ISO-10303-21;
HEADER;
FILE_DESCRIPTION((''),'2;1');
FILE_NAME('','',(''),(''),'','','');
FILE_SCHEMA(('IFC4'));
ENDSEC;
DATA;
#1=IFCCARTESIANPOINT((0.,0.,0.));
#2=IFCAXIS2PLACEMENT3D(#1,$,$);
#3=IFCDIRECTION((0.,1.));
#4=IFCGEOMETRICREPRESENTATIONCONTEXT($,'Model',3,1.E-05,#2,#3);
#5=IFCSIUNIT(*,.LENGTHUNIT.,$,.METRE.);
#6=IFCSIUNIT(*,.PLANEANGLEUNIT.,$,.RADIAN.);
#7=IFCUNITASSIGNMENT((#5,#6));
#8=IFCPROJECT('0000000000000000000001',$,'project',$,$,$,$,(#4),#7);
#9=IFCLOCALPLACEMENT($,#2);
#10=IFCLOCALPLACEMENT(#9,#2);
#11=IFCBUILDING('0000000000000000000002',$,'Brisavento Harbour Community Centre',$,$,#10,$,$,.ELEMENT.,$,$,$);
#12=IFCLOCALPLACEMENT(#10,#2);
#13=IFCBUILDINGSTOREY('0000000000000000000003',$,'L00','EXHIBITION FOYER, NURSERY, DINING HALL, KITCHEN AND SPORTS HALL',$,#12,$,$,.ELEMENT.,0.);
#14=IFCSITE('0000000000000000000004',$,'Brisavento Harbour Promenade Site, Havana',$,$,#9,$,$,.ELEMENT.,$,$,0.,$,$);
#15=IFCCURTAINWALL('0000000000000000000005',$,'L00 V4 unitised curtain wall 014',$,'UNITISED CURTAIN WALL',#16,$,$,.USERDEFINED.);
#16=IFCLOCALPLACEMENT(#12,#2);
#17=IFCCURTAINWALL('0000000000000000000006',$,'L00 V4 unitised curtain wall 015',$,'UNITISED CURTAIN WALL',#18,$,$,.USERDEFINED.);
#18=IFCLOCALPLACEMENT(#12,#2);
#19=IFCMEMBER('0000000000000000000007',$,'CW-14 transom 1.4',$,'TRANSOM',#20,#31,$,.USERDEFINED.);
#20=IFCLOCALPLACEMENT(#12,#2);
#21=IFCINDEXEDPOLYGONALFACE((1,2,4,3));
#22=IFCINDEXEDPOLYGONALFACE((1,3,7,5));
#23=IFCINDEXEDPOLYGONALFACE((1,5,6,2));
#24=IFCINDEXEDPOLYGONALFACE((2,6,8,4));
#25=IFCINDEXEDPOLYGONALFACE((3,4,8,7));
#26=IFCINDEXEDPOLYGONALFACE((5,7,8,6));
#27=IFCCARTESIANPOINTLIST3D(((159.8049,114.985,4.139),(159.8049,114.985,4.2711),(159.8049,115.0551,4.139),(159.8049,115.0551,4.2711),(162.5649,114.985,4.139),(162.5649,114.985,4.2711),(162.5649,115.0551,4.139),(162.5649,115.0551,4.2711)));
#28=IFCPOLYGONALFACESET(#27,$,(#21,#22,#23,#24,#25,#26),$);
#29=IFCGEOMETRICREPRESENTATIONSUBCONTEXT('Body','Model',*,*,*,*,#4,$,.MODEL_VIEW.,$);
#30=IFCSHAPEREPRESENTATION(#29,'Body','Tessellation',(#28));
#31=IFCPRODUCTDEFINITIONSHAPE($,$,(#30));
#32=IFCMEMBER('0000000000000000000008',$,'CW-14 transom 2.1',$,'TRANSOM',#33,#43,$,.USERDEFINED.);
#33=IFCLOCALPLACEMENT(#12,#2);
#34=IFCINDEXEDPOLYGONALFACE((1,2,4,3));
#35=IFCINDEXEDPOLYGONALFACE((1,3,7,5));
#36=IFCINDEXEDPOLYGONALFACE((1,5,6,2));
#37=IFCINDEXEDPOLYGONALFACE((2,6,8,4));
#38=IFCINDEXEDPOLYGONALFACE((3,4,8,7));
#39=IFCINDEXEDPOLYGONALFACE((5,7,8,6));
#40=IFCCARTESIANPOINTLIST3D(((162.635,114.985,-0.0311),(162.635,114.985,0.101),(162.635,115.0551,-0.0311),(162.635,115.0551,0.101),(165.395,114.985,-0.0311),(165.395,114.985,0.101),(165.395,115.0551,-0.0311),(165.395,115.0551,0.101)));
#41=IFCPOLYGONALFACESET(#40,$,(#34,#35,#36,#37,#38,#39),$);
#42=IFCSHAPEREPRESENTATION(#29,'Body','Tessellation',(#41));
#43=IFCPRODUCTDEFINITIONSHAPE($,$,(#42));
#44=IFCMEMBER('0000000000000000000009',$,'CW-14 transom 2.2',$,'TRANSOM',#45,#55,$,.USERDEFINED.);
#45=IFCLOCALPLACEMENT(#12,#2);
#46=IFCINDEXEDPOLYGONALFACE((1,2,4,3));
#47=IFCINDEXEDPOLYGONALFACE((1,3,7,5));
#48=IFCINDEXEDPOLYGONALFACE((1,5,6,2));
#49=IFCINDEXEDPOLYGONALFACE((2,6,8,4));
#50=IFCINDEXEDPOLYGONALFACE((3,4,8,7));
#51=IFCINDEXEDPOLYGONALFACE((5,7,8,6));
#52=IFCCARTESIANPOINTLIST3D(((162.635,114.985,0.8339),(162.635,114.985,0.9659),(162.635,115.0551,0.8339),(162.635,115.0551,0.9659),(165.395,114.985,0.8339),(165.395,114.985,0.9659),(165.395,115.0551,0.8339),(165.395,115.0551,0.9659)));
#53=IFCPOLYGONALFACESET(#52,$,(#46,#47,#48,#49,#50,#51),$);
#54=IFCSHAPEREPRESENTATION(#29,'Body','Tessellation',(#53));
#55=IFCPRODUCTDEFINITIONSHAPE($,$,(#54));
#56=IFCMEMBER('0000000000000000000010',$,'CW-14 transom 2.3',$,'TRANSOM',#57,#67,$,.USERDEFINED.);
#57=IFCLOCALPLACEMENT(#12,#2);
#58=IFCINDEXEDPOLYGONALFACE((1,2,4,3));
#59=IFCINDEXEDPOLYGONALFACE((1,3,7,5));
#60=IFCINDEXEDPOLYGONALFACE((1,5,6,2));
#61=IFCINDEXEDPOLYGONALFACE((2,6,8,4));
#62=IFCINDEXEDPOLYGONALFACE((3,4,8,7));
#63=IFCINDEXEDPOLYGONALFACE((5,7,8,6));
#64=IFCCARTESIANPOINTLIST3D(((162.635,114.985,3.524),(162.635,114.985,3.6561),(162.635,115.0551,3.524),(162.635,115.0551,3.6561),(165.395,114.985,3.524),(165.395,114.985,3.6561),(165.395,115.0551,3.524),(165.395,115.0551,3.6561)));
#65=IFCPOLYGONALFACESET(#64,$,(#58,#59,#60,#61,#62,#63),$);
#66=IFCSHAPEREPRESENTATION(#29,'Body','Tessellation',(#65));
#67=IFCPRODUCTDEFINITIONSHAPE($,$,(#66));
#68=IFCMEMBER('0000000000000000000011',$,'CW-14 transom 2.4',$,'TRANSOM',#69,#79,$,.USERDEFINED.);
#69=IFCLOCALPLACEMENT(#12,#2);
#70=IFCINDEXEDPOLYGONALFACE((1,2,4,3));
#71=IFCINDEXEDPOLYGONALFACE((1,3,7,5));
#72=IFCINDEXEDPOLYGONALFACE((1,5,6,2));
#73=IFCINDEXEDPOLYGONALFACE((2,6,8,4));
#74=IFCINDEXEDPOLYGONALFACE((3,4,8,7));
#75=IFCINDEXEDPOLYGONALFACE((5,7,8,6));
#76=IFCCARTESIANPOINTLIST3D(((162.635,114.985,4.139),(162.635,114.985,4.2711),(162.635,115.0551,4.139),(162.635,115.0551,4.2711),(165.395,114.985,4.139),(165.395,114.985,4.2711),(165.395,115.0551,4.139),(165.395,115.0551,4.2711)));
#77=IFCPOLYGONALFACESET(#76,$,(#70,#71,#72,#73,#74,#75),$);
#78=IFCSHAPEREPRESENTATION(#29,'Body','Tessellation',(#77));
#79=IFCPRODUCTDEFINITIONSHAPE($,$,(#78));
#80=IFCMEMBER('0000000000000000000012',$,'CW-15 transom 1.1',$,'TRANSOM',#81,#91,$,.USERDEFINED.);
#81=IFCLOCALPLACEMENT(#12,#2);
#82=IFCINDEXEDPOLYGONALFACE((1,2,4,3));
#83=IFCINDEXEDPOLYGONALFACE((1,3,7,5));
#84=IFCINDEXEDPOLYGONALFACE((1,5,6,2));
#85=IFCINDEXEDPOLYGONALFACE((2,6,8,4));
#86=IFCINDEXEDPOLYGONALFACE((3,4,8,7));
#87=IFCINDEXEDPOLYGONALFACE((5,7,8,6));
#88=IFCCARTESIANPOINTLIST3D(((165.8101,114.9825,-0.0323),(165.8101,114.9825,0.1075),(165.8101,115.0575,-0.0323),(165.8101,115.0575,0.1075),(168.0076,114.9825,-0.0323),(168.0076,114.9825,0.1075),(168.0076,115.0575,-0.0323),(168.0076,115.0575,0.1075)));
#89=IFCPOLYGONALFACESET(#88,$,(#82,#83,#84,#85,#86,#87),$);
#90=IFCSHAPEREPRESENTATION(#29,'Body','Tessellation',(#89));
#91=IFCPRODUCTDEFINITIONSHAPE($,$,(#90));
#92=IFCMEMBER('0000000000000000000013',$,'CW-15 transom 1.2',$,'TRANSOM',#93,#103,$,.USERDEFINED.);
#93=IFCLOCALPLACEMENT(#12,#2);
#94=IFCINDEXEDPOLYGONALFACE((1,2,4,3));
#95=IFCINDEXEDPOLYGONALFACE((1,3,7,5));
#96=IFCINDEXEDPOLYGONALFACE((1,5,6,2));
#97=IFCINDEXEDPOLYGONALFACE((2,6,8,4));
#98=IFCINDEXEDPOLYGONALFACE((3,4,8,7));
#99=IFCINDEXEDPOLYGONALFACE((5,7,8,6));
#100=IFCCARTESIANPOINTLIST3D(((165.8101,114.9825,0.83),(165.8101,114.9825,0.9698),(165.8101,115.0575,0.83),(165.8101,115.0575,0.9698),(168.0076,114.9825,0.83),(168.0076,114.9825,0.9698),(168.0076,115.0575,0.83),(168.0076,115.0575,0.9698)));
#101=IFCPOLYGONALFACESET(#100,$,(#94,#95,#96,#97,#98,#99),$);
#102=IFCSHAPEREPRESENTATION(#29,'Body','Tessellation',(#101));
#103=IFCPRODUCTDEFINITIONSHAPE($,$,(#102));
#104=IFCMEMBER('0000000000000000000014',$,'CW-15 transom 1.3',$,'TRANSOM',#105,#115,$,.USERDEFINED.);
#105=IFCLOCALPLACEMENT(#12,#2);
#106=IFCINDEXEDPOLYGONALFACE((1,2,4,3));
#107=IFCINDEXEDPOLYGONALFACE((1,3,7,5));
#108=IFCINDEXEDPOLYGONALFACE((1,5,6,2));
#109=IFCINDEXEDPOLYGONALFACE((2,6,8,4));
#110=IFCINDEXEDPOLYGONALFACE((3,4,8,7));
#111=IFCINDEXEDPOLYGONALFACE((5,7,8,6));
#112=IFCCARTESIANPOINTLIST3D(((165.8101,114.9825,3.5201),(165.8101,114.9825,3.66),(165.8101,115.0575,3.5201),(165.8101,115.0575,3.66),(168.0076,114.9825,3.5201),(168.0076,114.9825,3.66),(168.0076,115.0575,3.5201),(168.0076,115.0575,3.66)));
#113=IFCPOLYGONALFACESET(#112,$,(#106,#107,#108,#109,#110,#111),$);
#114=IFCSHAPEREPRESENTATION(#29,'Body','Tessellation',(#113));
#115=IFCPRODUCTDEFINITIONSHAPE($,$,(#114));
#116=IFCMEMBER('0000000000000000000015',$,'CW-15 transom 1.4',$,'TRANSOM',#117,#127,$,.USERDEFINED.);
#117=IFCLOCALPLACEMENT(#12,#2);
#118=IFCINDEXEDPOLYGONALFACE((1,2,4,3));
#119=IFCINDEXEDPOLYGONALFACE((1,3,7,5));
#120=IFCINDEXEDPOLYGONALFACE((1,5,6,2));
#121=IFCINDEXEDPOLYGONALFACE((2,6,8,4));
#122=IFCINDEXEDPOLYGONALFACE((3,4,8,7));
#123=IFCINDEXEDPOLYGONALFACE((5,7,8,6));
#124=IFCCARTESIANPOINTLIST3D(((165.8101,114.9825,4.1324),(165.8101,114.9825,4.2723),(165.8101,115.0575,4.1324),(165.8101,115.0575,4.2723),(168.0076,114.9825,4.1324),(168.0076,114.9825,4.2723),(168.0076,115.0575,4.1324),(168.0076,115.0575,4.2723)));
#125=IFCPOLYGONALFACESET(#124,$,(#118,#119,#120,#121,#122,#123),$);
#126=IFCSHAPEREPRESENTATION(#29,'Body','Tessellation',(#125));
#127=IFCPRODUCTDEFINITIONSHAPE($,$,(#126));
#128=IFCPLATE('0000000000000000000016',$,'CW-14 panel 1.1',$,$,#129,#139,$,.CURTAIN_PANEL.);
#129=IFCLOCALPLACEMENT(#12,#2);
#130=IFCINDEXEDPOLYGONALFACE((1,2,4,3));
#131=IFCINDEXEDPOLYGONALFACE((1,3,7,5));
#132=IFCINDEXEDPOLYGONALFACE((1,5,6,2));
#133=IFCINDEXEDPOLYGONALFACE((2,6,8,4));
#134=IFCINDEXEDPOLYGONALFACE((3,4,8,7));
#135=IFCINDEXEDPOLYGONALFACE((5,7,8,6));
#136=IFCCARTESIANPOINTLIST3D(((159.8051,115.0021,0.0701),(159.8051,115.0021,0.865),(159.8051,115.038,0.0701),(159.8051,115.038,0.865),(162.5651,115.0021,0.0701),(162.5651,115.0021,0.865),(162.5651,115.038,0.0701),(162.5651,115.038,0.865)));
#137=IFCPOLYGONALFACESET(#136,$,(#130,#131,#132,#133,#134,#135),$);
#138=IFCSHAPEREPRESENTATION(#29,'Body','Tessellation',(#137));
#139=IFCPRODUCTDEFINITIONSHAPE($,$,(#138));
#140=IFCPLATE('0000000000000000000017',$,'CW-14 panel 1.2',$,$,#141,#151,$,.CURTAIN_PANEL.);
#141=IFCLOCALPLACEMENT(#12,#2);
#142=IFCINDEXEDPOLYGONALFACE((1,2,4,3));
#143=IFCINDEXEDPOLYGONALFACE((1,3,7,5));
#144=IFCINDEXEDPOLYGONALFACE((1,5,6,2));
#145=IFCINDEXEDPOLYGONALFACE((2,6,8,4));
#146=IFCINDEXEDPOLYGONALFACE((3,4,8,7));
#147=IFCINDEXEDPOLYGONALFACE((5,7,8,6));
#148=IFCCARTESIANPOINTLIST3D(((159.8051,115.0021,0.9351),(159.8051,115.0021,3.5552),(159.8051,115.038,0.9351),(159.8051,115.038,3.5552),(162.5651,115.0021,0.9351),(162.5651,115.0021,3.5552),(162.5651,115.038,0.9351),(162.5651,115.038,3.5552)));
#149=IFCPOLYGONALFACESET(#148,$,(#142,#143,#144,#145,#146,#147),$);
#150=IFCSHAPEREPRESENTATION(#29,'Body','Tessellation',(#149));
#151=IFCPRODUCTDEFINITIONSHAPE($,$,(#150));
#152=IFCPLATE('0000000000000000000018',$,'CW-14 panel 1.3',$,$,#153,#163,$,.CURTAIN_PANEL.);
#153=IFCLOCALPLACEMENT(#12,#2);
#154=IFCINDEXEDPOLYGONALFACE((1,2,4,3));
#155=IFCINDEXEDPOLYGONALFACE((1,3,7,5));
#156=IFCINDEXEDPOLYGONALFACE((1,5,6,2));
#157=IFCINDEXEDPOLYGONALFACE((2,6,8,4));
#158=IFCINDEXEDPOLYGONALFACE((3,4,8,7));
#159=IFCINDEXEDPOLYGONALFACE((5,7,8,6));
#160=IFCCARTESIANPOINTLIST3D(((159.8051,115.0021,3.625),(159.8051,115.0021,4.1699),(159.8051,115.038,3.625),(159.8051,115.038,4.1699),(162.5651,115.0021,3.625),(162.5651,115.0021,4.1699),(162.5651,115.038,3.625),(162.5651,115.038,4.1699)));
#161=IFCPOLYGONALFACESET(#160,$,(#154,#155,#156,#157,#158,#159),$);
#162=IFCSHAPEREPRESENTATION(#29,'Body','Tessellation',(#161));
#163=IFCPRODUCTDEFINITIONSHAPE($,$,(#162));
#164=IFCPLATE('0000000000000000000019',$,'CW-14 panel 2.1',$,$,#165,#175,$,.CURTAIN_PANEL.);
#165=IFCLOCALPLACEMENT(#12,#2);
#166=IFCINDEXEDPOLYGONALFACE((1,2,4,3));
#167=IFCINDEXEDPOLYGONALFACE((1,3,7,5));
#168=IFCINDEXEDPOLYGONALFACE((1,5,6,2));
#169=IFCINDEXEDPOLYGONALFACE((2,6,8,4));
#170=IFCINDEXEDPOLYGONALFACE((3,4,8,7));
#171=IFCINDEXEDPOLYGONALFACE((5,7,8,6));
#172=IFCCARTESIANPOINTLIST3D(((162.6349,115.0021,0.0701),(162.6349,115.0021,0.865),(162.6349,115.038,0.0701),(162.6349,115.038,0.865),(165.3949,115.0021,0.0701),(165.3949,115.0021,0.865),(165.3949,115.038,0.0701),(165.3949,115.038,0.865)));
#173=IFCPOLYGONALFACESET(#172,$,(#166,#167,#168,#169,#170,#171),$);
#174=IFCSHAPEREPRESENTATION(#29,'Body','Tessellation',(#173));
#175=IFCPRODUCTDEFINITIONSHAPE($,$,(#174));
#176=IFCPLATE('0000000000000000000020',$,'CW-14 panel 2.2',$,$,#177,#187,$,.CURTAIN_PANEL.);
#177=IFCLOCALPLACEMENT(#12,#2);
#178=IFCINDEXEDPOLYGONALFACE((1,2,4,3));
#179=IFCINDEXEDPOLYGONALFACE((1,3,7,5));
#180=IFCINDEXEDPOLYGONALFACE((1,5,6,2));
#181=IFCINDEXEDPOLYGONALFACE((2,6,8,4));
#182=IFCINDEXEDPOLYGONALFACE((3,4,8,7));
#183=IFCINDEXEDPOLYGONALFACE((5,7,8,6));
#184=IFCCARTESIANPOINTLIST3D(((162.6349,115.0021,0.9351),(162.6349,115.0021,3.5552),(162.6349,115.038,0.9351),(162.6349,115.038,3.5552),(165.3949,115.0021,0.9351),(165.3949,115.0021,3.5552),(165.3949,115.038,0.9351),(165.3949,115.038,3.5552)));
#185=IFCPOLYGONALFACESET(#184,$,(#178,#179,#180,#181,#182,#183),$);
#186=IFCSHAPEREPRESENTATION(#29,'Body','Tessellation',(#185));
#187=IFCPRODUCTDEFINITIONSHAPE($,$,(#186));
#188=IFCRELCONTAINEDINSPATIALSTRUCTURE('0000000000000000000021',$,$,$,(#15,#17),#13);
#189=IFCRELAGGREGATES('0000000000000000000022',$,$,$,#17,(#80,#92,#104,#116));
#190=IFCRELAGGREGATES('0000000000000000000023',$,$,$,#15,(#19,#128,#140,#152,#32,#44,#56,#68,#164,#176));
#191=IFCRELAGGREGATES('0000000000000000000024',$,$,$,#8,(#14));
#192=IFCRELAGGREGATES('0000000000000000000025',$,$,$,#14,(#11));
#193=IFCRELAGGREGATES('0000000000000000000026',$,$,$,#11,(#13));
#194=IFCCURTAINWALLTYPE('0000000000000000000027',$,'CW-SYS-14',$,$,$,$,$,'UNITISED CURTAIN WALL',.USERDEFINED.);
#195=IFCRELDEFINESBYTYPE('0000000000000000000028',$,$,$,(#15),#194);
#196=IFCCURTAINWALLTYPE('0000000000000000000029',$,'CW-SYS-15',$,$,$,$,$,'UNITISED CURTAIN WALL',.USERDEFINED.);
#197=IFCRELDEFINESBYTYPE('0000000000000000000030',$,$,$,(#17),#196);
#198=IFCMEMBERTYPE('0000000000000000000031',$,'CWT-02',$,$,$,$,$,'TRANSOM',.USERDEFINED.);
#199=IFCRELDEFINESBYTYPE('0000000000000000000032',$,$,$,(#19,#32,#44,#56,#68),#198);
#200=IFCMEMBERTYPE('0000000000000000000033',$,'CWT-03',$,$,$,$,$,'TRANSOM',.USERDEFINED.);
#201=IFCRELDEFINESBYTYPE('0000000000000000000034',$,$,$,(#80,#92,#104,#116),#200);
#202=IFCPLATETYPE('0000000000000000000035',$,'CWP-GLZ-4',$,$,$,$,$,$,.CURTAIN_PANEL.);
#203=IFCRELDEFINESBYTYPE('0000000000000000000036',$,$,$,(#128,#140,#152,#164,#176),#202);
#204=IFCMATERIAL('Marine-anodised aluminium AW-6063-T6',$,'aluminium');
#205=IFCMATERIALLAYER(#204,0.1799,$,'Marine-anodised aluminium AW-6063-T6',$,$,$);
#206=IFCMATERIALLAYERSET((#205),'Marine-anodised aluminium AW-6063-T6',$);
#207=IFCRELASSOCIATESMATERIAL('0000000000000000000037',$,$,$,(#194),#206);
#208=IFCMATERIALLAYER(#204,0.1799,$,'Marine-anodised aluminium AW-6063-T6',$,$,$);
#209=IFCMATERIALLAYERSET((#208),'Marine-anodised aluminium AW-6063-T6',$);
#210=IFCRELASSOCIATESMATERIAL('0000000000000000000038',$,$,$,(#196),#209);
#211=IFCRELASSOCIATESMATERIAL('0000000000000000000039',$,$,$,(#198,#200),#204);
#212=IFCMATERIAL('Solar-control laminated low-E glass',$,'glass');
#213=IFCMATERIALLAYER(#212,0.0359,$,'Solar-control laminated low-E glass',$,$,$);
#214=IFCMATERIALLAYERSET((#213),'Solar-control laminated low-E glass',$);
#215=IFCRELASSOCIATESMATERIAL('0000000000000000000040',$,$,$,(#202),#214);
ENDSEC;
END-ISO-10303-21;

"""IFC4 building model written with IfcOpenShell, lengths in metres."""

from ifc_helpers import new_model, si_unit, direction, frame, origin, origin_2d, place, context, subcontext, project, spatial, rectangle, extrude, material, layer, layer_set, material_profile, profile_set, type_object, element, aggregate, save


model = new_model("IFC4")

# Units and contexts
model_context = context("Model", 3, precision=1e-05, world=origin(), true_north=direction((0.0, 1.0)))
body_context = subcontext(model_context, "Body", "Model", "MODEL_VIEW")
ifc_project = project(units=[si_unit("LENGTHUNIT", "METRE"), si_unit("PLANEANGLEUNIT", "RADIAN")], contexts=[model_context])

# Site, building, storey
site_placement = place(None, origin())
site = spatial("IfcSite", under=ifc_project, at=site_placement, Name="Brisavento Harbour Promenade Site, Havana", CompositionType="ELEMENT", RefElevation=0.0)
building_placement = place(site_placement, origin())
building = spatial("IfcBuilding", under=site, at=building_placement, Name="Brisavento Harbour Community Centre", CompositionType="ELEMENT")
storey_placement = place(building_placement, origin())
storey = spatial("IfcBuildingStorey", under=building, at=storey_placement, Name="L00", Description="EXHIBITION FOYER, NURSERY, DINING HALL, KITCHEN AND SPORTS HALL", CompositionType="ELEMENT", Elevation=0.0)

# Curtain wall
ifc_material_1 = material(Name="Marine-anodised aluminium AW-6063-T6", Category="aluminium")
ifc_layer_1 = layer(ifc_material_1, 0.1799, Name="Marine-anodised aluminium AW-6063-T6")
ifc_layer_set_1 = layer_set([ifc_layer_1], Name="Marine-anodised aluminium AW-6063-T6")
curtain_wall_type_1 = type_object("IfcCurtainWallType", Name="CW-SYS-14", ElementType="UNITISED CURTAIN WALL", PredefinedType="USERDEFINED", material=ifc_layer_set_1)
curtain_wall_1_placement = place(storey_placement, origin())
curtain_wall_1 = element("IfcCurtainWall", 1, at=curtain_wall_1_placement, inside=storey, type_object=curtain_wall_type_1, Name="L00 V4 unitised curtain wall 014", ObjectType="UNITISED CURTAIN WALL", PredefinedType="USERDEFINED")

# Curtain wall
ifc_layer_2 = layer(ifc_material_1, 0.1799, Name="Marine-anodised aluminium AW-6063-T6")
ifc_layer_set_2 = layer_set([ifc_layer_2], Name="Marine-anodised aluminium AW-6063-T6")
curtain_wall_type_2 = type_object("IfcCurtainWallType", Name="CW-SYS-15", ElementType="UNITISED CURTAIN WALL", PredefinedType="USERDEFINED", material=ifc_layer_set_2)
curtain_wall_2_placement = place(storey_placement, origin())
curtain_wall_2 = element("IfcCurtainWall", 2, at=curtain_wall_2_placement, inside=storey, type_object=curtain_wall_type_2, Name="L00 V4 unitised curtain wall 015", ObjectType="UNITISED CURTAIN WALL", PredefinedType="USERDEFINED")

# Members
ifc_material_profile_1 = material_profile(ifc_material_1, rectangle(XDim=0.0701, YDim=0.1321, at=origin_2d()), Name="Marine-anodised aluminium AW-6063-T6")
ifc_profile_set_1 = profile_set([ifc_material_profile_1], Name="Marine-anodised aluminium AW-6063-T6")
member_type_1 = type_object("IfcMemberType", Name="CWT-02", ElementType="TRANSOM", PredefinedType="USERDEFINED", material=ifc_profile_set_1)
member_1_placement = place(storey_placement, frame((159.8049, 115.02, 4.2051), z_axis=(1.0, 0.0, 0.0), x_axis=(0.0, 1.0, 0.0)))
member_1 = element("IfcMember", 3, at=member_1_placement, type_object=member_type_1, Name="CW-14 transom 1.4", ObjectType="TRANSOM", PredefinedType="USERDEFINED", context=body_context, shape_type="SweptSolid", body=[
    extrude(rectangle(XDim=0.0701, YDim=0.1321, at=origin_2d()), origin(), (0.0, 0.0, 1.0), 2.76),
])
member_2_placement = place(storey_placement, frame((162.635, 115.02, 0.0349), z_axis=(1.0, 0.0, 0.0), x_axis=(0.0, 1.0, 0.0)))
member_2 = element("IfcMember", 4, at=member_2_placement, type_object=member_type_1, Name="CW-14 transom 2.1", ObjectType="TRANSOM", PredefinedType="USERDEFINED", context=body_context, shape_type="SweptSolid", body=[
    extrude(rectangle(XDim=0.0701, YDim=0.1321, at=origin_2d()), origin(), (0.0, 0.0, 1.0), 2.76),
])
member_3_placement = place(storey_placement, frame((162.635, 115.02, 0.8999), z_axis=(1.0, 0.0, 0.0), x_axis=(0.0, 1.0, 0.0)))
member_3 = element("IfcMember", 5, at=member_3_placement, type_object=member_type_1, Name="CW-14 transom 2.2", ObjectType="TRANSOM", PredefinedType="USERDEFINED", context=body_context, shape_type="SweptSolid", body=[
    extrude(rectangle(XDim=0.0701, YDim=0.1321, at=origin_2d()), origin(), (0.0, 0.0, 1.0), 2.76),
])
member_4_placement = place(storey_placement, frame((162.635, 115.02, 3.5901), z_axis=(1.0, 0.0, 0.0), x_axis=(0.0, 1.0, 0.0)))
member_4 = element("IfcMember", 6, at=member_4_placement, type_object=member_type_1, Name="CW-14 transom 2.3", ObjectType="TRANSOM", PredefinedType="USERDEFINED", context=body_context, shape_type="SweptSolid", body=[
    extrude(rectangle(XDim=0.0701, YDim=0.1321, at=origin_2d()), origin(), (0.0, 0.0, 1.0), 2.76),
])
member_5_placement = place(storey_placement, frame((162.635, 115.02, 4.2051), z_axis=(1.0, 0.0, 0.0), x_axis=(0.0, 1.0, 0.0)))
member_5 = element("IfcMember", 7, at=member_5_placement, type_object=member_type_1, Name="CW-14 transom 2.4", ObjectType="TRANSOM", PredefinedType="USERDEFINED", context=body_context, shape_type="SweptSolid", body=[
    extrude(rectangle(XDim=0.0701, YDim=0.1321, at=origin_2d()), origin(), (0.0, 0.0, 1.0), 2.76),
])
ifc_material_profile_2 = material_profile(ifc_material_1, rectangle(XDim=0.075, YDim=0.1399, at=origin_2d()), Name="Marine-anodised aluminium AW-6063-T6")
ifc_profile_set_2 = profile_set([ifc_material_profile_2], Name="Marine-anodised aluminium AW-6063-T6")
member_type_2 = type_object("IfcMemberType", Name="CWT-03", ElementType="TRANSOM", PredefinedType="USERDEFINED", material=ifc_profile_set_2)
member_6_placement = place(storey_placement, frame((165.8101, 115.02, 0.0376), z_axis=(1.0, 0.0, 0.0), x_axis=(0.0, 1.0, 0.0)))
member_6 = element("IfcMember", 8, at=member_6_placement, type_object=member_type_2, Name="CW-15 transom 1.1", ObjectType="TRANSOM", PredefinedType="USERDEFINED", context=body_context, shape_type="SweptSolid", body=[
    extrude(rectangle(XDim=0.075, YDim=0.1399, at=origin_2d()), origin(), (0.0, 0.0, 1.0), 2.1975),
])
member_7_placement = place(storey_placement, frame((165.8101, 115.02, 0.8999), z_axis=(1.0, 0.0, 0.0), x_axis=(0.0, 1.0, 0.0)))
member_7 = element("IfcMember", 9, at=member_7_placement, type_object=member_type_2, Name="CW-15 transom 1.2", ObjectType="TRANSOM", PredefinedType="USERDEFINED", context=body_context, shape_type="SweptSolid", body=[
    extrude(rectangle(XDim=0.075, YDim=0.1399, at=origin_2d()), origin(), (0.0, 0.0, 1.0), 2.1975),
])
member_8_placement = place(storey_placement, frame((165.8101, 115.02, 3.5901), z_axis=(1.0, 0.0, 0.0), x_axis=(0.0, 1.0, 0.0)))
member_8 = element("IfcMember", 10, at=member_8_placement, type_object=member_type_2, Name="CW-15 transom 1.3", ObjectType="TRANSOM", PredefinedType="USERDEFINED", context=body_context, shape_type="SweptSolid", body=[
    extrude(rectangle(XDim=0.075, YDim=0.1399, at=origin_2d()), origin(), (0.0, 0.0, 1.0), 2.1975),
])
member_9_placement = place(storey_placement, frame((165.8101, 115.02, 4.2024), z_axis=(1.0, 0.0, 0.0), x_axis=(0.0, 1.0, 0.0)))
member_9 = element("IfcMember", 11, at=member_9_placement, type_object=member_type_2, Name="CW-15 transom 1.4", ObjectType="TRANSOM", PredefinedType="USERDEFINED", context=body_context, shape_type="SweptSolid", body=[
    extrude(rectangle(XDim=0.075, YDim=0.1399, at=origin_2d()), origin(), (0.0, 0.0, 1.0), 2.1975),
])
aggregate(curtain_wall_2, [member_6, member_7, member_8, member_9])

# Plates
ifc_material_2 = material(Name="Solar-control laminated low-E glass", Category="glass")
ifc_layer_3 = layer(ifc_material_2, 0.0359, Name="Solar-control laminated low-E glass")
ifc_layer_set_3 = layer_set([ifc_layer_3], Name="Solar-control laminated low-E glass")
plate_type = type_object("IfcPlateType", Name="CWP-GLZ-4", PredefinedType="CURTAIN_PANEL", material=ifc_layer_set_3)
plate_1_placement = place(storey_placement, frame((161.1851, 115.02, 0.0701), z_axis=(0.0, 0.0, 1.0), x_axis=(1.0, 0.0, 0.0)))
plate_1 = element("IfcPlate", 12, at=plate_1_placement, type_object=plate_type, Name="CW-14 panel 1.1", PredefinedType="CURTAIN_PANEL", context=body_context, shape_type="SweptSolid", body=[
    extrude(rectangle(XDim=2.76, YDim=0.0359, at=origin_2d()), origin(), (0.0, 0.0, 1.0), 0.7949),
])
plate_2_placement = place(storey_placement, frame((161.1851, 115.02, 0.9351), z_axis=(0.0, 0.0, 1.0), x_axis=(1.0, 0.0, 0.0)))
plate_2 = element("IfcPlate", 13, at=plate_2_placement, type_object=plate_type, Name="CW-14 panel 1.2", PredefinedType="CURTAIN_PANEL", context=body_context, shape_type="SweptSolid", body=[
    extrude(rectangle(XDim=2.76, YDim=0.0359, at=origin_2d()), origin(), (0.0, 0.0, 1.0), 2.6201),
])
plate_3_placement = place(storey_placement, frame((161.1851, 115.02, 3.625), z_axis=(0.0, 0.0, 1.0), x_axis=(1.0, 0.0, 0.0)))
plate_3 = element("IfcPlate", 14, at=plate_3_placement, type_object=plate_type, Name="CW-14 panel 1.3", PredefinedType="CURTAIN_PANEL", context=body_context, shape_type="SweptSolid", body=[
    extrude(rectangle(XDim=2.76, YDim=0.0359, at=origin_2d()), origin(), (0.0, 0.0, 1.0), 0.5449),
])
plate_4_placement = place(storey_placement, frame((164.0149, 115.02, 0.0701), z_axis=(0.0, 0.0, 1.0), x_axis=(1.0, 0.0, 0.0)))
plate_4 = element("IfcPlate", 15, at=plate_4_placement, type_object=plate_type, Name="CW-14 panel 2.1", PredefinedType="CURTAIN_PANEL", context=body_context, shape_type="SweptSolid", body=[
    extrude(rectangle(XDim=2.76, YDim=0.0359, at=origin_2d()), origin(), (0.0, 0.0, 1.0), 0.7949),
])
plate_5_placement = place(storey_placement, frame((164.0149, 115.02, 0.9351), z_axis=(0.0, 0.0, 1.0), x_axis=(1.0, 0.0, 0.0)))
plate_5 = element("IfcPlate", 16, at=plate_5_placement, type_object=plate_type, Name="CW-14 panel 2.2", PredefinedType="CURTAIN_PANEL", context=body_context, shape_type="SweptSolid", body=[
    extrude(rectangle(XDim=2.76, YDim=0.0359, at=origin_2d()), origin(), (0.0, 0.0, 1.0), 2.6201),
])
aggregate(curtain_wall_1, [member_1, plate_1, plate_2, plate_3, member_2, member_3, member_4, member_5, plate_4, plate_5])

save(model, "model.ifc")
